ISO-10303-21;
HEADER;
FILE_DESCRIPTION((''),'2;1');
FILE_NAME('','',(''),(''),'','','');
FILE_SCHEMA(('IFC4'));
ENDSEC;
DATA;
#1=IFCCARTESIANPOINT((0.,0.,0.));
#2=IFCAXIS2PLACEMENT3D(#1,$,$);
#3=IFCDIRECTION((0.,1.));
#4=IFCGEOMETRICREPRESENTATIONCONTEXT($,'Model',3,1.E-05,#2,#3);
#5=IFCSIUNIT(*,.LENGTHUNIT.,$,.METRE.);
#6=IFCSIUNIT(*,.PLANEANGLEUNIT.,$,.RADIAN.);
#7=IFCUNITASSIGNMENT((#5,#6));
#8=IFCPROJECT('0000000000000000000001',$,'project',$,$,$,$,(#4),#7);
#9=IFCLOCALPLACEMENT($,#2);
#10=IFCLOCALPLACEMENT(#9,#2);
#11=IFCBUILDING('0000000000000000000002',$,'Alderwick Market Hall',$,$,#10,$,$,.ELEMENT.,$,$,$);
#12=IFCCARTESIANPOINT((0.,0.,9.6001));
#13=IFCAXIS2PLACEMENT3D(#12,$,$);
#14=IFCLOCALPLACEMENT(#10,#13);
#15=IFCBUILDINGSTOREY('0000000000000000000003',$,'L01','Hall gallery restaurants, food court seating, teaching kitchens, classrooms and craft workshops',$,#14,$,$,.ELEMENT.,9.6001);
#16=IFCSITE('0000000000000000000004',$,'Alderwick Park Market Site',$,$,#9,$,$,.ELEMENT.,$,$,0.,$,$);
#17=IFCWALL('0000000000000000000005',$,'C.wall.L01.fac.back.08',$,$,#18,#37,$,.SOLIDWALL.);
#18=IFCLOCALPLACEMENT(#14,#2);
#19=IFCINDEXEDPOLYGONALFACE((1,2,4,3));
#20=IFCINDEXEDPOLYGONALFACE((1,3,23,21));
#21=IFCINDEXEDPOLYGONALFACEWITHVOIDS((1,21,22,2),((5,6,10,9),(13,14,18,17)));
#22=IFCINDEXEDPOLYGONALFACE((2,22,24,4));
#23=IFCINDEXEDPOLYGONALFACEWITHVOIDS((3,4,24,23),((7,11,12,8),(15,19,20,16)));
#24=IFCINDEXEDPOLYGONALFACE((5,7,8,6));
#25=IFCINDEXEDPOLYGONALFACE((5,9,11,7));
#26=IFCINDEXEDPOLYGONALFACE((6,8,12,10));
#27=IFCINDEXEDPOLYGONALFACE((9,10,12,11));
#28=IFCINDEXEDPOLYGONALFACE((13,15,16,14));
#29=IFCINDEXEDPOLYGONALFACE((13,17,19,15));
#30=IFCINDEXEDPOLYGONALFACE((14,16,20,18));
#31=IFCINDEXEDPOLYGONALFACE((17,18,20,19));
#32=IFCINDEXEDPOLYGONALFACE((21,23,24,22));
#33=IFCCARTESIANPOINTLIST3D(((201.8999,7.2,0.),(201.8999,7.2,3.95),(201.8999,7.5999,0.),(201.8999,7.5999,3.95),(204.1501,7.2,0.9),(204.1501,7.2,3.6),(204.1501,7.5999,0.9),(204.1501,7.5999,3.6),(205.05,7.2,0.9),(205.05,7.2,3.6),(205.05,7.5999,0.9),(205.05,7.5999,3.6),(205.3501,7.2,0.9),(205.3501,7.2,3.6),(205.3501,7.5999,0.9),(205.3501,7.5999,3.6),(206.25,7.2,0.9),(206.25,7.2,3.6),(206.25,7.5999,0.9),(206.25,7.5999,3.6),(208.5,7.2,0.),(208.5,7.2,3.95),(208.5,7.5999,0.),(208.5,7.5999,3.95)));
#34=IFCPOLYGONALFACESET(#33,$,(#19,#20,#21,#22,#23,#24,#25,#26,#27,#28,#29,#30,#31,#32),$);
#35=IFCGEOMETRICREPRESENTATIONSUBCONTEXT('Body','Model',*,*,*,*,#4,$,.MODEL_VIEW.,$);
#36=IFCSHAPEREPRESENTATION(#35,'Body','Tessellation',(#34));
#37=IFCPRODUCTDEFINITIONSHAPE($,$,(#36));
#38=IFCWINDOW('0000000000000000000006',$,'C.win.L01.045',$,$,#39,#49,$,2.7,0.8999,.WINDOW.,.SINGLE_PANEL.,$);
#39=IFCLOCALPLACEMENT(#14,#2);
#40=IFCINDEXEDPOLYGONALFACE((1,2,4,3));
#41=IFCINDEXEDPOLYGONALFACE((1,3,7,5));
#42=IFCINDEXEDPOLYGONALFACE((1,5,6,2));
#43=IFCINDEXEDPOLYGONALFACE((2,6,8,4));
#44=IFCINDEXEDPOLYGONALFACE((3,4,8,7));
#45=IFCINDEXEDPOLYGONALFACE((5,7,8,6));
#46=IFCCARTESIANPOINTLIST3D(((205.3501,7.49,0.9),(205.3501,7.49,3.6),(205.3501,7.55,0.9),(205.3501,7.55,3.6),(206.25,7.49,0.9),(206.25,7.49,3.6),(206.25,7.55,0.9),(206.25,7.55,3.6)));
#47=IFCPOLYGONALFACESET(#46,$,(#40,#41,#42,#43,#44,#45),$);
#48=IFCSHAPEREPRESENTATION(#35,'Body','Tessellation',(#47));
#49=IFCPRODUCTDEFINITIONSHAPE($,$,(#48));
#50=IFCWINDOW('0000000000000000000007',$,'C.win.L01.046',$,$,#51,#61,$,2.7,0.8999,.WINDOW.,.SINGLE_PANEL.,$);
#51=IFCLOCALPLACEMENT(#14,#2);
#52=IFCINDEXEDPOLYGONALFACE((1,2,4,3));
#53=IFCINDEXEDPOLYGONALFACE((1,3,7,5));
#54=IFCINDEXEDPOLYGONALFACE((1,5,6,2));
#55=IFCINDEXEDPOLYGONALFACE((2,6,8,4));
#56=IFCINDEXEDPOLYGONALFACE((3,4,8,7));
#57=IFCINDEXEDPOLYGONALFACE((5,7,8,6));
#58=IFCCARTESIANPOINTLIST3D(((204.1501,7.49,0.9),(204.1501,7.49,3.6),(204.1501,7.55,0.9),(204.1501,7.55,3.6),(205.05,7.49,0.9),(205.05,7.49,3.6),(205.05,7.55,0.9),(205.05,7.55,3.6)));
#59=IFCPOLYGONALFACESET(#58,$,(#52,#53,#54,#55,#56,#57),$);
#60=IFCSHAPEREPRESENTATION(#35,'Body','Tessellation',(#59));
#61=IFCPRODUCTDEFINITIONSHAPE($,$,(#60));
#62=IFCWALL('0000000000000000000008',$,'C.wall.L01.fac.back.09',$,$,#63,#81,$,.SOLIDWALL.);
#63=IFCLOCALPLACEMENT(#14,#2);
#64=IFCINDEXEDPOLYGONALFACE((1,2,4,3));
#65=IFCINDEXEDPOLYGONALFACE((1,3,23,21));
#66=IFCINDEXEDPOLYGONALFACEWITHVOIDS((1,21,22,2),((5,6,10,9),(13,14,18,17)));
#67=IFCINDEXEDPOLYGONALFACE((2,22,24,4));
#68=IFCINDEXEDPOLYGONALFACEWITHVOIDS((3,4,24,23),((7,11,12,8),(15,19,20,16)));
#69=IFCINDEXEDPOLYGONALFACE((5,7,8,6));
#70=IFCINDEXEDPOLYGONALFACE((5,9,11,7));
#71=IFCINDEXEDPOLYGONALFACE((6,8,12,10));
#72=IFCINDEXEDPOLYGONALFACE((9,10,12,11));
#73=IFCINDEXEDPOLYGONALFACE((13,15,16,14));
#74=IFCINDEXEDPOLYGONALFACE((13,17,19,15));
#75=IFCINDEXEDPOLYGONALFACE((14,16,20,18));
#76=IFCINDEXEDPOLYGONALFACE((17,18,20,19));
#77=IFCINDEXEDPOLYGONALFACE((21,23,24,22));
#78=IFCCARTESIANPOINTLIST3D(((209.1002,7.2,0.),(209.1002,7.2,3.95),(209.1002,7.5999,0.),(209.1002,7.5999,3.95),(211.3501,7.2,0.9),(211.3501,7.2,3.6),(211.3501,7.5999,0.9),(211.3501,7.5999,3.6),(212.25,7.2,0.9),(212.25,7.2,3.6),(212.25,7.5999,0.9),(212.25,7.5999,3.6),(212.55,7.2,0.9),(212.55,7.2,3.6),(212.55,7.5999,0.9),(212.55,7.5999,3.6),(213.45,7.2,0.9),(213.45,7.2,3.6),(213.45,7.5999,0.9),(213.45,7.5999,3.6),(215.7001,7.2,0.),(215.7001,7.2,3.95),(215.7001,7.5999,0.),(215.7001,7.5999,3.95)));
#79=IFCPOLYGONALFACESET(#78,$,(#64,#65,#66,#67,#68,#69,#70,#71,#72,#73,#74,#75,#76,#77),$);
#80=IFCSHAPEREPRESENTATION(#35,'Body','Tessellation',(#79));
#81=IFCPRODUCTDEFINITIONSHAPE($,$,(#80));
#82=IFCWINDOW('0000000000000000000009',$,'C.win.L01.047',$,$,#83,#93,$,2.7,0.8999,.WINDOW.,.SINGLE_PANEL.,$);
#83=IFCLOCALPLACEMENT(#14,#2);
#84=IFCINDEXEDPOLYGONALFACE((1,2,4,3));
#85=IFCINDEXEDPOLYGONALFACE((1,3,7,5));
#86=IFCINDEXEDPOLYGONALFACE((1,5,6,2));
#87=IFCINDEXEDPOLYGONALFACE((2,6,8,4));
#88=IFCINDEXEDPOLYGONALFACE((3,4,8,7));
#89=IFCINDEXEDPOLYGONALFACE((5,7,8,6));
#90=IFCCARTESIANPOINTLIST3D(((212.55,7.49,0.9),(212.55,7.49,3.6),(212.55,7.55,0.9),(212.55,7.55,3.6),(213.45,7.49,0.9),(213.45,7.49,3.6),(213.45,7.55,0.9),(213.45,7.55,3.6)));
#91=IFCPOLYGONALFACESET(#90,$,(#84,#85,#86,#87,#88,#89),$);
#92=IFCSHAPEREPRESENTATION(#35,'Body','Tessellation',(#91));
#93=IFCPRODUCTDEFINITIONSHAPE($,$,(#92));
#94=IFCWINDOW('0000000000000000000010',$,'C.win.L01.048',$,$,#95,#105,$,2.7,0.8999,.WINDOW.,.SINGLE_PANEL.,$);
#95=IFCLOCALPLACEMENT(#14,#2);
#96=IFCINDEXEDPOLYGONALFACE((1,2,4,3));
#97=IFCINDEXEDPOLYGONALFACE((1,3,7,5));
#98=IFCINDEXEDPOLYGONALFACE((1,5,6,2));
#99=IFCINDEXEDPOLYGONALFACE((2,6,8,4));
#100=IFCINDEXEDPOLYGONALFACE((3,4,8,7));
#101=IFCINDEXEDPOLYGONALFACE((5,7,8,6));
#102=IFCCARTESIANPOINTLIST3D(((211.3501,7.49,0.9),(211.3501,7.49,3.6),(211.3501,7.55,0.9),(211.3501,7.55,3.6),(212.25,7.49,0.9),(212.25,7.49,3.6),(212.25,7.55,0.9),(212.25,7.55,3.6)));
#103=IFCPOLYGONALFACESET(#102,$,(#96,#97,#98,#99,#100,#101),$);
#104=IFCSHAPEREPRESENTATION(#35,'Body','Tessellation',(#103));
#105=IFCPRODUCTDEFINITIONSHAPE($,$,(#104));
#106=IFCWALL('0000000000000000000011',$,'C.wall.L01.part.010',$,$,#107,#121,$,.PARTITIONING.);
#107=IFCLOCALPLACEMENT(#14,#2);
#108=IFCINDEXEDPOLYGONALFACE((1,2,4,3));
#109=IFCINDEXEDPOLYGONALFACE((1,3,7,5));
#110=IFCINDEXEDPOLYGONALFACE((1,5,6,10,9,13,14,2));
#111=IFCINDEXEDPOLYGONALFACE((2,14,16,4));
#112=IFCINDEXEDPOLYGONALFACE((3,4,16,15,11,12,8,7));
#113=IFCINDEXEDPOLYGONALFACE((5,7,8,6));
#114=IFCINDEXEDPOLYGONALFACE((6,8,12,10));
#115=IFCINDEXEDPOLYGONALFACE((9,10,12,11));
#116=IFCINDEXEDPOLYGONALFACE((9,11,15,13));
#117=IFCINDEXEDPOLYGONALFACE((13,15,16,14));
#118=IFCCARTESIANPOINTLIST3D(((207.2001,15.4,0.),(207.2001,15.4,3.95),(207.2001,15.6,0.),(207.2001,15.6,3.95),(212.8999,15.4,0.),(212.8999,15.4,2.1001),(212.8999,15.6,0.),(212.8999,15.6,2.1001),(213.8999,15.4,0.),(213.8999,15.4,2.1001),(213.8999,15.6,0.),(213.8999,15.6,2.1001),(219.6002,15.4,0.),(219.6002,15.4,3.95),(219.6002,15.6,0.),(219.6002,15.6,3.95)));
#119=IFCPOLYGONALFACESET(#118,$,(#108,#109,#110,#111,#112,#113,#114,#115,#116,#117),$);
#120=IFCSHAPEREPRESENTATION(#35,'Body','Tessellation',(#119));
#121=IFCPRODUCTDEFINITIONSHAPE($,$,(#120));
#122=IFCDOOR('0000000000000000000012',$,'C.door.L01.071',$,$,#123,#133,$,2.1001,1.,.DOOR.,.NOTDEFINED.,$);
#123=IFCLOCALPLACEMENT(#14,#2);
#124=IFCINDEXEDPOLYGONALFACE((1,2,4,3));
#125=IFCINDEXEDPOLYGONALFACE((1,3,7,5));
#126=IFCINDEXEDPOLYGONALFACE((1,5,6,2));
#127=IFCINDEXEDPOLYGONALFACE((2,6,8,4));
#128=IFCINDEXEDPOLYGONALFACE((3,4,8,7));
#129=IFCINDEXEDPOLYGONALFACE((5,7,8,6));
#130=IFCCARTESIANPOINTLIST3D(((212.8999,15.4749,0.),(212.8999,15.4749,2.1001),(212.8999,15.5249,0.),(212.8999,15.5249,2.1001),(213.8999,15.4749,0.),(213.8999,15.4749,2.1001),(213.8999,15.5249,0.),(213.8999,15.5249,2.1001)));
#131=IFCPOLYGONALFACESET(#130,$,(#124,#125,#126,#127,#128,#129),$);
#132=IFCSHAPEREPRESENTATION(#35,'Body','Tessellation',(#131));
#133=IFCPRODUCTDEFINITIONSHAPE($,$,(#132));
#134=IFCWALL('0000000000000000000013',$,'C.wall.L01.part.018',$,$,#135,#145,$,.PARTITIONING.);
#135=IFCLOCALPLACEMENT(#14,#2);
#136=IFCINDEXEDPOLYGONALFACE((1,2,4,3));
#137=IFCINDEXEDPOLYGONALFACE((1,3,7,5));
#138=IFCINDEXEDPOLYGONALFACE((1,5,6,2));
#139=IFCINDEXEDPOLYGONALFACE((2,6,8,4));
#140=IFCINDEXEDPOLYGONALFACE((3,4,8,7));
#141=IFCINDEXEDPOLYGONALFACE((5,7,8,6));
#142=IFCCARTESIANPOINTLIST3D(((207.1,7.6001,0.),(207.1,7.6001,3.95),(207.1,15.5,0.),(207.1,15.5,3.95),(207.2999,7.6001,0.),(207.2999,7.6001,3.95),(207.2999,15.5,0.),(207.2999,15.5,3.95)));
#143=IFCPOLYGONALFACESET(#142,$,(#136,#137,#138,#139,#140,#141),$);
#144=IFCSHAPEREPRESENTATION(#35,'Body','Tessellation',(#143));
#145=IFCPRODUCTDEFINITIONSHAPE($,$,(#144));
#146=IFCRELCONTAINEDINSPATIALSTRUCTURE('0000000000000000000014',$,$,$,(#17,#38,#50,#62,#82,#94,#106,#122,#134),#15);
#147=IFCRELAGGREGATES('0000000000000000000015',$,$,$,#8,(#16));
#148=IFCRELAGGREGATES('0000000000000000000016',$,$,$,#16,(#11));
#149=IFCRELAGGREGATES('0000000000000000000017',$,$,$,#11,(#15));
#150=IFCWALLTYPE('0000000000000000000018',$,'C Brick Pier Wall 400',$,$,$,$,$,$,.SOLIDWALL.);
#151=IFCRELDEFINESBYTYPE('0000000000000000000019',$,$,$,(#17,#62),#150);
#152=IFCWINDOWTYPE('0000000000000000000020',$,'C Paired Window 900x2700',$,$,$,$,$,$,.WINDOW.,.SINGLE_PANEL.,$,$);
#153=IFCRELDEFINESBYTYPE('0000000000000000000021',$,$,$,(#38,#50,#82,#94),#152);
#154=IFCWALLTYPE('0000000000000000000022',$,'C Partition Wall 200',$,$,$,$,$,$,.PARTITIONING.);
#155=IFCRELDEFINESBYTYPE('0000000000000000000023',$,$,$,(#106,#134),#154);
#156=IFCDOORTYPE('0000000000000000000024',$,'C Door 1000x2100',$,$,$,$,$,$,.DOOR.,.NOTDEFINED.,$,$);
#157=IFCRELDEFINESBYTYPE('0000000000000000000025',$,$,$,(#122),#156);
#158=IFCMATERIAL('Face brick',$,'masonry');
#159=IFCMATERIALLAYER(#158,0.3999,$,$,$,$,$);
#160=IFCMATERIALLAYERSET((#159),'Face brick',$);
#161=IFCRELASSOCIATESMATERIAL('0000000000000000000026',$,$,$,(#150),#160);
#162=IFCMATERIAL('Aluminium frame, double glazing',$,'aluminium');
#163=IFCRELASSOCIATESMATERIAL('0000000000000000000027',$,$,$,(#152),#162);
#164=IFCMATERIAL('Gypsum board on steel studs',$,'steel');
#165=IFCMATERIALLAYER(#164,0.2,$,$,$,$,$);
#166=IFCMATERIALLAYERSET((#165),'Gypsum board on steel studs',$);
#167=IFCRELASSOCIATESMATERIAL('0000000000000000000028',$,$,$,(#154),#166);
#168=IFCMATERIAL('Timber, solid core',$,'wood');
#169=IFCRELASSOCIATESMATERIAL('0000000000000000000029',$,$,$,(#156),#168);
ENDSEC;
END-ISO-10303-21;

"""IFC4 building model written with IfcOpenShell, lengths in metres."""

from ifc_helpers import new_model, si_unit, direction, frame, frame_2d, origin, place, context, subcontext, project, spatial, rectangle, extrude, material, layer, layer_set, type_object, element, fill, save


model = new_model("IFC4")

# Units and contexts
model_context = context("Model", 3, precision=1e-05, world=origin(), true_north=direction((0.0, 1.0)))
body_context = subcontext(model_context, "Body", "Model", "MODEL_VIEW")
ifc_project = project(units=[si_unit("LENGTHUNIT", "METRE"), si_unit("PLANEANGLEUNIT", "RADIAN")], contexts=[model_context])

# Site, building, storey
site_placement = place(None, origin())
site = spatial("IfcSite", under=ifc_project, at=site_placement, Name="Alderwick Park Market Site", CompositionType="ELEMENT", RefElevation=0.0)
building_placement = place(site_placement, origin())
building = spatial("IfcBuilding", under=site, at=building_placement, Name="Alderwick Market Hall", CompositionType="ELEMENT")
storey_placement = place(building_placement, frame((0.0, 0.0, 9.6001)))
storey = spatial("IfcBuildingStorey", under=building, at=storey_placement, Name="L01", Description="Hall gallery restaurants, food court seating, teaching kitchens, classrooms and craft workshops", CompositionType="ELEMENT", Elevation=9.6001)

# Walls, openings, windows
ifc_material_1 = material(Name="Face brick", Category="masonry")
ifc_layer_1 = layer(ifc_material_1, 0.3999)
ifc_layer_set_1 = layer_set([ifc_layer_1], Name="Face brick")
wall_type_1 = type_object("IfcWallType", Name="C Brick Pier Wall 400", PredefinedType="SOLIDWALL", material=ifc_layer_set_1)
wall_1_placement = place(storey_placement, frame((208.5, 7.3999, 0.0), z_axis=(0.0, 0.0, 1.0), x_axis=(-1.0, 0.0, 0.0)))
wall_1 = element("IfcWall", 1, at=wall_1_placement, inside=storey, type_object=wall_type_1, Name="C.wall.L01.fac.back.08", PredefinedType="SOLIDWALL", context=body_context, shape_type="SweptSolid", body=[
    extrude(rectangle(XDim=6.6001, YDim=0.3999, at=frame_2d((3.3, 0.0))), origin(), (0.0, 0.0, 1.0), 3.95),
])
opening_1_placement = place(wall_1_placement, frame((2.25, 0.0, 0.8999)))
opening_1 = element("IfcOpeningElement", 2, at=opening_1_placement, cuts=wall_1, PredefinedType="OPENING", context=body_context, shape_type="SweptSolid", body=[
    extrude(rectangle(XDim=0.8999, YDim=2.7, at=frame_2d((0.45, 1.3501))), frame((0.0, 0.21, 0.0), z_axis=(0.0, -1.0, 0.0), x_axis=(1.0, 0.0, 0.0)), (0.0, 0.0, 1.0), 0.4199),
])
opening_2_placement = place(wall_1_placement, frame((3.45, 0.0, 0.8999)))
opening_2 = element("IfcOpeningElement", 3, at=opening_2_placement, cuts=wall_1, PredefinedType="OPENING", context=body_context, shape_type="SweptSolid", body=[
    extrude(rectangle(XDim=0.8999, YDim=2.7, at=frame_2d((0.45, 1.3501))), frame((0.0, 0.21, 0.0), z_axis=(0.0, -1.0, 0.0), x_axis=(1.0, 0.0, 0.0)), (0.0, 0.0, 1.0), 0.4199),
])
ifc_material_2 = material(Name="Aluminium frame, double glazing", Category="aluminium")
window_type = type_object("IfcWindowType", Name="C Paired Window 900x2700", PartitioningType="SINGLE_PANEL", PredefinedType="WINDOW", material=ifc_material_2)
window_1_placement = place(opening_1_placement, origin())
window_1 = element("IfcWindow", 4, at=window_1_placement, inside=storey, type_object=window_type, Name="C.win.L01.045", OverallHeight=2.7, OverallWidth=0.8999, PartitioningType="SINGLE_PANEL", PredefinedType="WINDOW", context=body_context, shape_type="SweptSolid", body=[
    extrude(rectangle(XDim=0.8999, YDim=2.7, at=frame_2d((0.45, 1.3501))), frame((0.0, -0.0901, 0.0), z_axis=(0.0, -1.0, 0.0), x_axis=(1.0, 0.0, 0.0)), (0.0, 0.0, 1.0), 0.0601),
])
fill(opening_1, window_1)
window_2_placement = place(opening_2_placement, origin())
window_2 = element("IfcWindow", 5, at=window_2_placement, inside=storey, type_object=window_type, Name="C.win.L01.046", OverallHeight=2.7, OverallWidth=0.8999, PartitioningType="SINGLE_PANEL", PredefinedType="WINDOW", context=body_context, shape_type="SweptSolid", body=[
    extrude(rectangle(XDim=0.8999, YDim=2.7, at=frame_2d((0.45, 1.3501))), frame((0.0, -0.0901, 0.0), z_axis=(0.0, -1.0, 0.0), x_axis=(1.0, 0.0, 0.0)), (0.0, 0.0, 1.0), 0.0601),
])
fill(opening_2, window_2)
wall_2_placement = place(storey_placement, frame((215.7, 7.3999, 0.0), z_axis=(0.0, 0.0, 1.0), x_axis=(-1.0, 0.0, 0.0)))
wall_2 = element("IfcWall", 6, at=wall_2_placement, inside=storey, type_object=wall_type_1, Name="C.wall.L01.fac.back.09", PredefinedType="SOLIDWALL", context=body_context, shape_type="SweptSolid", body=[
    extrude(rectangle(XDim=6.5999, YDim=0.3999, at=frame_2d((3.2998, 0.0))), origin(), (0.0, 0.0, 1.0), 3.95),
])
opening_3_placement = place(wall_2_placement, frame((2.25, 0.0, 0.8999)))
opening_3 = element("IfcOpeningElement", 7, at=opening_3_placement, cuts=wall_2, PredefinedType="OPENING", context=body_context, shape_type="SweptSolid", body=[
    extrude(rectangle(XDim=0.8999, YDim=2.7, at=frame_2d((0.45, 1.3501))), frame((0.0, 0.21, 0.0), z_axis=(0.0, -1.0, 0.0), x_axis=(1.0, 0.0, 0.0)), (0.0, 0.0, 1.0), 0.4199),
])
opening_4_placement = place(wall_2_placement, frame((3.45, 0.0, 0.8999)))
opening_4 = element("IfcOpeningElement", 8, at=opening_4_placement, cuts=wall_2, PredefinedType="OPENING", context=body_context, shape_type="SweptSolid", body=[
    extrude(rectangle(XDim=0.8999, YDim=2.7, at=frame_2d((0.45, 1.3501))), frame((0.0, 0.21, 0.0), z_axis=(0.0, -1.0, 0.0), x_axis=(1.0, 0.0, 0.0)), (0.0, 0.0, 1.0), 0.4199),
])
window_3_placement = place(opening_3_placement, origin())
window_3 = element("IfcWindow", 9, at=window_3_placement, inside=storey, type_object=window_type, Name="C.win.L01.047", OverallHeight=2.7, OverallWidth=0.8999, PartitioningType="SINGLE_PANEL", PredefinedType="WINDOW", context=body_context, shape_type="SweptSolid", body=[
    extrude(rectangle(XDim=0.8999, YDim=2.7, at=frame_2d((0.45, 1.3501))), frame((0.0, -0.0901, 0.0), z_axis=(0.0, -1.0, 0.0), x_axis=(1.0, 0.0, 0.0)), (0.0, 0.0, 1.0), 0.0601),
])
fill(opening_3, window_3)
window_4_placement = place(opening_4_placement, origin())
window_4 = element("IfcWindow", 10, at=window_4_placement, inside=storey, type_object=window_type, Name="C.win.L01.048", OverallHeight=2.7, OverallWidth=0.8999, PartitioningType="SINGLE_PANEL", PredefinedType="WINDOW", context=body_context, shape_type="SweptSolid", body=[
    extrude(rectangle(XDim=0.8999, YDim=2.7, at=frame_2d((0.45, 1.3501))), frame((0.0, -0.0901, 0.0), z_axis=(0.0, -1.0, 0.0), x_axis=(1.0, 0.0, 0.0)), (0.0, 0.0, 1.0), 0.0601),
])
fill(opening_4, window_4)

# Wall, opening, door
ifc_material_3 = material(Name="Gypsum board on steel studs", Category="steel")
ifc_layer_2 = layer(ifc_material_3, 0.2)
ifc_layer_set_2 = layer_set([ifc_layer_2], Name="Gypsum board on steel studs")
wall_type_2 = type_object("IfcWallType", Name="C Partition Wall 200", PredefinedType="PARTITIONING", material=ifc_layer_set_2)
wall_3_placement = place(storey_placement, frame((207.2, 15.5, 0.0), z_axis=(0.0, 0.0, 1.0), x_axis=(1.0, 0.0, 0.0)))
wall_3 = element("IfcWall", 11, at=wall_3_placement, inside=storey, type_object=wall_type_2, Name="C.wall.L01.part.010", PredefinedType="PARTITIONING", context=body_context, shape_type="SweptSolid", body=[
    extrude(rectangle(XDim=12.4001, YDim=0.2, at=frame_2d((6.2002, 0.0))), origin(), (0.0, 0.0, 1.0), 3.95),
])
opening_5_placement = place(wall_3_placement, frame((5.7, 0.0, 0.0)))
opening_5 = element("IfcOpeningElement", 12, at=opening_5_placement, cuts=wall_3, PredefinedType="OPENING", context=body_context, shape_type="SweptSolid", body=[
    extrude(rectangle(XDim=1.0, YDim=2.1001, at=frame_2d((0.5, 1.05))), frame((0.0, 0.1099, 0.0), z_axis=(0.0, -1.0, 0.0), x_axis=(1.0, 0.0, 0.0)), (0.0, 0.0, 1.0), 0.22),
])
ifc_material_4 = material(Name="Timber, solid core", Category="wood")
door_type = type_object("IfcDoorType", Name="C Door 1000x2100", OperationType="NOTDEFINED", PredefinedType="DOOR", material=ifc_material_4)
door_placement = place(opening_5_placement, origin())
door = element("IfcDoor", 13, at=door_placement, inside=storey, type_object=door_type, Name="C.door.L01.071", OperationType="NOTDEFINED", OverallHeight=2.1001, OverallWidth=1.0, PredefinedType="DOOR", context=body_context, shape_type="SweptSolid", body=[
    extrude(rectangle(XDim=1.0, YDim=2.1001, at=frame_2d((0.5, 1.05))), frame((0.0, 0.0249, 0.0), z_axis=(0.0, -1.0, 0.0), x_axis=(1.0, 0.0, 0.0)), (0.0, 0.0, 1.0), 0.05),
])
fill(opening_5, door)

# Wall
wall_4_placement = place(storey_placement, frame((207.2, 15.5, 0.0), z_axis=(0.0, 0.0, 1.0), x_axis=(0.0, -1.0, 0.0)))
element("IfcWall", 14, at=wall_4_placement, inside=storey, type_object=wall_type_2, Name="C.wall.L01.part.018", PredefinedType="PARTITIONING", context=body_context, shape_type="SweptSolid", body=[
    extrude(rectangle(XDim=7.8999, YDim=0.2, at=frame_2d((3.95, 0.0))), origin(), (0.0, 0.0, 1.0), 3.95),
])

save(model, "model.ifc")
